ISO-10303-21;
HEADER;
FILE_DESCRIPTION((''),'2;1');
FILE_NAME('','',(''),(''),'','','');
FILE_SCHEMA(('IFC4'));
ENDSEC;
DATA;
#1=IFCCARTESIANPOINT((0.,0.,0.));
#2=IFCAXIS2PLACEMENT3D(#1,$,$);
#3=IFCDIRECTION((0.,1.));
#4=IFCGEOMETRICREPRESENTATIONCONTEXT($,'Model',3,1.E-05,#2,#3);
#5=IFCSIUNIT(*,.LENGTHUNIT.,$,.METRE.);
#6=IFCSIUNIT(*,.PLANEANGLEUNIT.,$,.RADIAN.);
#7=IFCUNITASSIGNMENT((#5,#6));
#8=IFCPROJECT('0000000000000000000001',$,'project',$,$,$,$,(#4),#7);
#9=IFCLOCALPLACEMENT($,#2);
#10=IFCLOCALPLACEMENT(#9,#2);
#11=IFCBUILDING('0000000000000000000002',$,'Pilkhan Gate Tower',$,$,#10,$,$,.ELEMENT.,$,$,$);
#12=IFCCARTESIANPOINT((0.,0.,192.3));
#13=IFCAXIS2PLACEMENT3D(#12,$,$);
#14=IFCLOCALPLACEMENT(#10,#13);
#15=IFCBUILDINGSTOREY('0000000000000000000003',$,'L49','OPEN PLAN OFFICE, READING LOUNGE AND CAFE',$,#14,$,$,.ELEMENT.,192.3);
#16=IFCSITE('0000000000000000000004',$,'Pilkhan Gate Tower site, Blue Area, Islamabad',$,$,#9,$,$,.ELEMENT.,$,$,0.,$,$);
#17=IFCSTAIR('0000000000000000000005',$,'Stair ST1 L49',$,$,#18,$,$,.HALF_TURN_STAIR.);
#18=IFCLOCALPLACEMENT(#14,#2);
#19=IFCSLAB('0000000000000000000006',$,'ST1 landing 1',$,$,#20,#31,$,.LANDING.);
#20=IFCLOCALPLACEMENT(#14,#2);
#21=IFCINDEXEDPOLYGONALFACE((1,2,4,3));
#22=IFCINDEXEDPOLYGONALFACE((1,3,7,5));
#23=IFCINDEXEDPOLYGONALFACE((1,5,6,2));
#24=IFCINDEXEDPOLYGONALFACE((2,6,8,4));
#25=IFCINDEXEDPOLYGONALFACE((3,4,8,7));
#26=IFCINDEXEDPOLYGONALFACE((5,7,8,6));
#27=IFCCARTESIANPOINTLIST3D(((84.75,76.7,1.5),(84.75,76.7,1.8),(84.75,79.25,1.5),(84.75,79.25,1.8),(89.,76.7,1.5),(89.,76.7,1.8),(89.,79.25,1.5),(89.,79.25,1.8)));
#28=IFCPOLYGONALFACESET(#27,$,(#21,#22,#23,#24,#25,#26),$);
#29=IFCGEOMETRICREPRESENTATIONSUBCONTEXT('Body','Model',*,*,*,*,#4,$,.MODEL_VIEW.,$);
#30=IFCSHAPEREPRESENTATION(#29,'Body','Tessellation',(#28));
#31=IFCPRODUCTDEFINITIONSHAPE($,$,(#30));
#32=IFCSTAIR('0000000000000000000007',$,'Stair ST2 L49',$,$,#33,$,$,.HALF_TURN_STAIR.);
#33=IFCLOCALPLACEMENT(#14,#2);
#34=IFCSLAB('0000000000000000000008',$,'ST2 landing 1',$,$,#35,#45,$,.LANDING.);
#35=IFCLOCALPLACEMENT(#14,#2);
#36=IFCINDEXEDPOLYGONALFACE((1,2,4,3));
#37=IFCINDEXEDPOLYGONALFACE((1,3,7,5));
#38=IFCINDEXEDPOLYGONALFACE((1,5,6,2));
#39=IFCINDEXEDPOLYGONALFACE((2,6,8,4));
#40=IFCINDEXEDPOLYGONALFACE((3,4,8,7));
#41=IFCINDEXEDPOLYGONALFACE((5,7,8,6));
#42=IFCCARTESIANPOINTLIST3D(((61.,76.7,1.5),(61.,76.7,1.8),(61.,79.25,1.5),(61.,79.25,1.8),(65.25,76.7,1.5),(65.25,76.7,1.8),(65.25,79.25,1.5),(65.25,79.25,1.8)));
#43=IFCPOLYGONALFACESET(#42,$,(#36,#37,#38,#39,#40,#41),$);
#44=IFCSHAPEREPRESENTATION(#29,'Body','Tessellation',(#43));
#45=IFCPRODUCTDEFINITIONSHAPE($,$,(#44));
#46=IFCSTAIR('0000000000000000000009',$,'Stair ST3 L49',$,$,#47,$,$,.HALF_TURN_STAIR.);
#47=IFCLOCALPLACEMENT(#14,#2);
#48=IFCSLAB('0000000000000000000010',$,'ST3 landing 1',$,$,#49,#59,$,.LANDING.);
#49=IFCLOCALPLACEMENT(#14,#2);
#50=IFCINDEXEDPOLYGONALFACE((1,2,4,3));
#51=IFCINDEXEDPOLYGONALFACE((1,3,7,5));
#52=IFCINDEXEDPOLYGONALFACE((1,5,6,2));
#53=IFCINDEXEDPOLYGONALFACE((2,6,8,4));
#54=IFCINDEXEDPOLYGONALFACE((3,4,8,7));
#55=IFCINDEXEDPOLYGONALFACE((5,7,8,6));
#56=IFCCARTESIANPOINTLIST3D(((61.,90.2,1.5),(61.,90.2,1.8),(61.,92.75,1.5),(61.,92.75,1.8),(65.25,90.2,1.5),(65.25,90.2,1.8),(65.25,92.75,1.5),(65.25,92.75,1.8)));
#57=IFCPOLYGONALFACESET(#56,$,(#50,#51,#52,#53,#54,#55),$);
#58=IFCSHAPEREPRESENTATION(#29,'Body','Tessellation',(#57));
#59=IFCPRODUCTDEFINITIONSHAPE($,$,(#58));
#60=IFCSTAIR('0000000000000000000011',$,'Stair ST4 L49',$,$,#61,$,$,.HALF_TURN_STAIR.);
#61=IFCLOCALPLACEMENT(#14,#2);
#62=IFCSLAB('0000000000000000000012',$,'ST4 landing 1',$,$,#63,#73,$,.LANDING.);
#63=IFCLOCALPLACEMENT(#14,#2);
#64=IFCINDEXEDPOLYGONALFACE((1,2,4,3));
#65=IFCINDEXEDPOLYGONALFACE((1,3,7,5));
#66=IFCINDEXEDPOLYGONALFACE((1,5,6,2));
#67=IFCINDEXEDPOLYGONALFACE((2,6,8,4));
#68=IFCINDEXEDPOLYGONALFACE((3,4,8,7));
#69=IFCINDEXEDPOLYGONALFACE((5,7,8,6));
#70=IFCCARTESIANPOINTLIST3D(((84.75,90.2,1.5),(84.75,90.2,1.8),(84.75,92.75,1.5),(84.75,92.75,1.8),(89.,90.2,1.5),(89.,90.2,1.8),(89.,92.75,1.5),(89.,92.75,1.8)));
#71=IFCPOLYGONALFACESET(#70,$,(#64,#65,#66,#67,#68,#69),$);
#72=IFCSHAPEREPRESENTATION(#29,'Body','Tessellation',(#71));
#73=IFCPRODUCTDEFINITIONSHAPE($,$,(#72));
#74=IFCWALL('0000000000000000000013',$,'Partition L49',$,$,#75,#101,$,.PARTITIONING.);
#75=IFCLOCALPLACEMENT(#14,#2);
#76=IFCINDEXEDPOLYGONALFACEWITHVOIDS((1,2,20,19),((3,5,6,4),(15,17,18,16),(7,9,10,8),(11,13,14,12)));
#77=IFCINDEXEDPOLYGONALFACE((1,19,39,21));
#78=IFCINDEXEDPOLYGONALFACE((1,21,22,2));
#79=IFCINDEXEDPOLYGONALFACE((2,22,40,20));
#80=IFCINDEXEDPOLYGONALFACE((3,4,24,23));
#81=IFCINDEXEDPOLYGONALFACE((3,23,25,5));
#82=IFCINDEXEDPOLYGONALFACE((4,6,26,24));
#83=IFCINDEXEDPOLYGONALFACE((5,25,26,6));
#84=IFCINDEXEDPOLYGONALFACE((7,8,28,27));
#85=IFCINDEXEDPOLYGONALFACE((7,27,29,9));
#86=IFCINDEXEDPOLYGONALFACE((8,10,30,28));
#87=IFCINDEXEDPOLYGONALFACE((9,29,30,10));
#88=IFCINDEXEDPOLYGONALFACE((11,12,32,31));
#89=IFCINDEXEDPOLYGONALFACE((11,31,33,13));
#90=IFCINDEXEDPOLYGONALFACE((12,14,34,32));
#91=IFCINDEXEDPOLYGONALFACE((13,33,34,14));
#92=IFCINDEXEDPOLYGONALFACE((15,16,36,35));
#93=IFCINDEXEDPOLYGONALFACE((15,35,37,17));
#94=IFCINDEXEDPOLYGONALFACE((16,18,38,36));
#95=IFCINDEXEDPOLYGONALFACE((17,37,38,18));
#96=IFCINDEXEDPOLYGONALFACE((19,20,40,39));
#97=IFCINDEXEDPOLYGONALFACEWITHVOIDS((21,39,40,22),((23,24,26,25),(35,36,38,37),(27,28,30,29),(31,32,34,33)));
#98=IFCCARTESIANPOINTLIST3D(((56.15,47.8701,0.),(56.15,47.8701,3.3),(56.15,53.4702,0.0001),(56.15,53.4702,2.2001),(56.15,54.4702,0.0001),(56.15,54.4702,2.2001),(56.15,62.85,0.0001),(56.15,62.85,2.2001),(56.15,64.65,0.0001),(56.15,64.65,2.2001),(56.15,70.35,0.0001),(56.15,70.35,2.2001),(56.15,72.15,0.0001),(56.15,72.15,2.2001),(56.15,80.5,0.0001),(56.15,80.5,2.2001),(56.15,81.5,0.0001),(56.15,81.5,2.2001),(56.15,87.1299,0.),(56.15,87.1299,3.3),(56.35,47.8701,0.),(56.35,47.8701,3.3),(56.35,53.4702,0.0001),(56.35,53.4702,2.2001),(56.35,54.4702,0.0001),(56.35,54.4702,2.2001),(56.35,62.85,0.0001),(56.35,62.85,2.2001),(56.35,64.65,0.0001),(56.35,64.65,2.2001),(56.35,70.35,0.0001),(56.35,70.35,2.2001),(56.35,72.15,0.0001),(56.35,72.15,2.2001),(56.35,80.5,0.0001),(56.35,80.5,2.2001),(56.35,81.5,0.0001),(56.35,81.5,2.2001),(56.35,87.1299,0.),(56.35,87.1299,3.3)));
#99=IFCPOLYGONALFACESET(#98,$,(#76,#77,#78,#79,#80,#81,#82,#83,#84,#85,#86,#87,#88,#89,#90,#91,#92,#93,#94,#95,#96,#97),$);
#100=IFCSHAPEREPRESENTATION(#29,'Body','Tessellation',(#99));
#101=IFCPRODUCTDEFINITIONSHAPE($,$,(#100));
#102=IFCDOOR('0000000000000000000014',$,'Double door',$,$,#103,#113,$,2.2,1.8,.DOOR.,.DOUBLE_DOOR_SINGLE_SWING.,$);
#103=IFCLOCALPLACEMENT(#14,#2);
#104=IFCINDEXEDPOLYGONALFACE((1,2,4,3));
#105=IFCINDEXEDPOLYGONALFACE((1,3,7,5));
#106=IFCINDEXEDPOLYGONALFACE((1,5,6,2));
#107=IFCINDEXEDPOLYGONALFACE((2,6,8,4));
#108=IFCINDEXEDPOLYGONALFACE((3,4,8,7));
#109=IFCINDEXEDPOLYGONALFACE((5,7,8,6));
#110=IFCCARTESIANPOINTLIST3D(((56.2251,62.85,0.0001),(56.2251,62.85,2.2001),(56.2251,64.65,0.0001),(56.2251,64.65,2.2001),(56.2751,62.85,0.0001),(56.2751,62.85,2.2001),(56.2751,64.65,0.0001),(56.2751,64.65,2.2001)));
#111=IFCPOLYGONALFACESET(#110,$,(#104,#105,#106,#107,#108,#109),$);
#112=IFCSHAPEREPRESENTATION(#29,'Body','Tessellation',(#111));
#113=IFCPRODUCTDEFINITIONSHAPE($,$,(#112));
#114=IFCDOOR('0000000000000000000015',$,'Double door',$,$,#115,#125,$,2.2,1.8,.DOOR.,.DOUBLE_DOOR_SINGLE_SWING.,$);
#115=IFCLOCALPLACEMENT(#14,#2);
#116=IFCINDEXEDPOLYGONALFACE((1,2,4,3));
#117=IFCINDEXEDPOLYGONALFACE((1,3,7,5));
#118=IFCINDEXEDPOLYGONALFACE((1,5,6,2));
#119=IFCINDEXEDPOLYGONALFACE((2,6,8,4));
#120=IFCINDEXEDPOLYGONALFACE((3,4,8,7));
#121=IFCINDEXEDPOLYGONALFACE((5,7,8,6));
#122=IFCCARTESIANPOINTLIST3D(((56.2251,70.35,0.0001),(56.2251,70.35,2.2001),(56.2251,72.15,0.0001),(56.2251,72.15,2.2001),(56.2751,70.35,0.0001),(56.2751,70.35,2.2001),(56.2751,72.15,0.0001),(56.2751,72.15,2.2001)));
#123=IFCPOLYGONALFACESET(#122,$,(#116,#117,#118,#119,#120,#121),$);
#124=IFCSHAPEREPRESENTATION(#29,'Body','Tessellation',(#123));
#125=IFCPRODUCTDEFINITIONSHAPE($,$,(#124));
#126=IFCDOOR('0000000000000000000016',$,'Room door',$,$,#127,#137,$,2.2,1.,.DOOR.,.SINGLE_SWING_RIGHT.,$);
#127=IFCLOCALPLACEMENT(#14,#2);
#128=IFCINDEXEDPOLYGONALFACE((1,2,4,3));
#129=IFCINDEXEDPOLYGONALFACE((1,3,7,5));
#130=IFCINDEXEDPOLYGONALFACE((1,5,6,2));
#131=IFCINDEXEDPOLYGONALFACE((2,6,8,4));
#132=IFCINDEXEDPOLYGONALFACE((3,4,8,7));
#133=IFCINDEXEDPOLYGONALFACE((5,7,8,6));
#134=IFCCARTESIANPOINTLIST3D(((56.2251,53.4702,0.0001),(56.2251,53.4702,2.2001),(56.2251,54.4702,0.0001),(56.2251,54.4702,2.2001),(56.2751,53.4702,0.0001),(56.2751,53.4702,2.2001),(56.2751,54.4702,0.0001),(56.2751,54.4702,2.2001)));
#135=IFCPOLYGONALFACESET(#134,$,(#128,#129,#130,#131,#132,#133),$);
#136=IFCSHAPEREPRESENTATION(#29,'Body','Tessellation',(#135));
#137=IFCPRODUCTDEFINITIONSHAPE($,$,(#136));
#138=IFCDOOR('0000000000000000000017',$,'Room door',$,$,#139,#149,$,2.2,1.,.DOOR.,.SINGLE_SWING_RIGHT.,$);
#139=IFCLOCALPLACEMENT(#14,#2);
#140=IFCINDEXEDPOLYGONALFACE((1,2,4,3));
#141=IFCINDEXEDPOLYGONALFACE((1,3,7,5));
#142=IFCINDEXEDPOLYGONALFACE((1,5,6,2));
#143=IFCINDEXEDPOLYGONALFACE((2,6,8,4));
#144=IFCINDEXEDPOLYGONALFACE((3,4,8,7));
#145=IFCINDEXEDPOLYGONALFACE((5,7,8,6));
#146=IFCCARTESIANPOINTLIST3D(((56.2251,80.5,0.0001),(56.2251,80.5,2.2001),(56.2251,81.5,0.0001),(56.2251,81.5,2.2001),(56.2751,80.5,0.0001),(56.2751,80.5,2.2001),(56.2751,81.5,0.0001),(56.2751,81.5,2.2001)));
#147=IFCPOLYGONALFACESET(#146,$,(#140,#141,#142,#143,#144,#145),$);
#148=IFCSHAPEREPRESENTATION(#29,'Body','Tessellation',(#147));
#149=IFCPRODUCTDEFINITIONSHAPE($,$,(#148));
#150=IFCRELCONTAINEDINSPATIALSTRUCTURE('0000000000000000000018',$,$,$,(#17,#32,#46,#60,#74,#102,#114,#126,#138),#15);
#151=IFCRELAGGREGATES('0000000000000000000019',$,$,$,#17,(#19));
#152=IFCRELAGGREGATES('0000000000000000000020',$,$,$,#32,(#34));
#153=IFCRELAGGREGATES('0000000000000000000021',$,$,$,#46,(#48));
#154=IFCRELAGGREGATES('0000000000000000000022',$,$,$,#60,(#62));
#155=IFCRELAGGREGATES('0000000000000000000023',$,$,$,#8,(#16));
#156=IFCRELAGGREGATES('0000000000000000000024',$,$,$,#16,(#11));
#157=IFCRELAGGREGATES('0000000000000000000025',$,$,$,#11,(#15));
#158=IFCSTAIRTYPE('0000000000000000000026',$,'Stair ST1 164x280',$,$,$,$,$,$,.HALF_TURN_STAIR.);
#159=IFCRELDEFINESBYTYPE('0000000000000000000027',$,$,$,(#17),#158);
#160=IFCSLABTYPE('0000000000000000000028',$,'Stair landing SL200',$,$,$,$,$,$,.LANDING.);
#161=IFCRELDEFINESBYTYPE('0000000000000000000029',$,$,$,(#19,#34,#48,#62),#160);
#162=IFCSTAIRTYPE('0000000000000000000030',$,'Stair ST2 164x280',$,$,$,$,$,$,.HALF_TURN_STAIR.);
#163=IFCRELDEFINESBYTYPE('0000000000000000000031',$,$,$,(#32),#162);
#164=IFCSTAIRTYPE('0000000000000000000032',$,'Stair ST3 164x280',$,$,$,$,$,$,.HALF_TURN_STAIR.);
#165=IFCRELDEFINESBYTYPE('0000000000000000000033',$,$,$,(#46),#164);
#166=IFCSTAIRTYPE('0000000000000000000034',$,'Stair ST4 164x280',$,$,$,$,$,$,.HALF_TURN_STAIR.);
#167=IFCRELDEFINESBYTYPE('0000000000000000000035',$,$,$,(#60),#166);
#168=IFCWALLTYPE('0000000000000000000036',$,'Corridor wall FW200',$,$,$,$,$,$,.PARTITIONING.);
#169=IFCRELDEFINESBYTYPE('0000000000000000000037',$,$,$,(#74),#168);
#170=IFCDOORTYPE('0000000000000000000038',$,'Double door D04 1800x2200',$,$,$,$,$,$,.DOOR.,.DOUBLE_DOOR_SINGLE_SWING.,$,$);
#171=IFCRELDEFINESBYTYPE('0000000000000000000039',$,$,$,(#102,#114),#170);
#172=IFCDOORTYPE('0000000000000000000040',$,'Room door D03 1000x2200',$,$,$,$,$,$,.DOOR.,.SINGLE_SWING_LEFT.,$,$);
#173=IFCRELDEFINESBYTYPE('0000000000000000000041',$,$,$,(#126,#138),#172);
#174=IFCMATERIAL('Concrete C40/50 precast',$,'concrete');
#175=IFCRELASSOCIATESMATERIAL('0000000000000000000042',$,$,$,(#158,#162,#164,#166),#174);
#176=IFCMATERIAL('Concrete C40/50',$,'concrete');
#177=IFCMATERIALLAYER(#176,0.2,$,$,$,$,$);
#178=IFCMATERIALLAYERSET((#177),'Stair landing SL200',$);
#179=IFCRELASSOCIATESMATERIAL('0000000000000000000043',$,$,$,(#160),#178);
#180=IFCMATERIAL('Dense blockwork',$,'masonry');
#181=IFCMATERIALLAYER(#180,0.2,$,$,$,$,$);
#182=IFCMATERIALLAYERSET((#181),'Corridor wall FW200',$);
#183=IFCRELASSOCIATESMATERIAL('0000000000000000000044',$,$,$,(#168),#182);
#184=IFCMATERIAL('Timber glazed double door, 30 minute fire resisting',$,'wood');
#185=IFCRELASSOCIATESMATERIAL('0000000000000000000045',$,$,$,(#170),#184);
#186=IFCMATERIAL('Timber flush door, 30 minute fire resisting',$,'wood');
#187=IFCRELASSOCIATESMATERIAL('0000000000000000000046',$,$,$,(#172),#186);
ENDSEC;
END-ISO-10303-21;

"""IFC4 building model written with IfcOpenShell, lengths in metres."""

from ifc_helpers import new_model, si_unit, direction, frame, frame_2d, origin, place, context, subcontext, project, spatial, polyline, rectangle, outline, extrude, material, layer, layer_set, type_object, element, fill, aggregate, save


model = new_model("IFC4")

# Units and contexts
model_context = context("Model", 3, precision=1e-05, world=origin(), true_north=direction((0.0, 1.0)))
body_context = subcontext(model_context, "Body", "Model", "MODEL_VIEW")
ifc_project = project(units=[si_unit("LENGTHUNIT", "METRE"), si_unit("PLANEANGLEUNIT", "RADIAN")], contexts=[model_context])

# Site, building, storey
site_placement = place(None, origin())
site = spatial("IfcSite", under=ifc_project, at=site_placement, Name="Pilkhan Gate Tower site, Blue Area, Islamabad", CompositionType="ELEMENT", RefElevation=0.0)
building_placement = place(site_placement, origin())
building = spatial("IfcBuilding", under=site, at=building_placement, Name="Pilkhan Gate Tower", CompositionType="ELEMENT")
storey_placement = place(building_placement, frame((0.0, 0.0, 192.3)))
storey = spatial("IfcBuildingStorey", under=building, at=storey_placement, Name="L49", Description="OPEN PLAN OFFICE, READING LOUNGE AND CAFE", CompositionType="ELEMENT", Elevation=192.3)

# Shared definitions
ifc_material_1 = material(Name="Concrete C40/50", Category="concrete")

# Stairs, slabs
ifc_material_2 = material(Name="Concrete C40/50 precast", Category="concrete")
stair_type_1 = type_object("IfcStairType", Name="Stair ST1 164x280", PredefinedType="HALF_TURN_STAIR", material=ifc_material_2)
stair_1_placement = place(storey_placement, origin())
stair_1 = element("IfcStair", 1, at=stair_1_placement, inside=storey, type_object=stair_type_1, Name="Stair ST1 L49", PredefinedType="HALF_TURN_STAIR")
ifc_layer_1 = layer(ifc_material_1, 0.2)
ifc_layer_set_1 = layer_set([ifc_layer_1], Name="Stair landing SL200")
slab_type_1 = type_object("IfcSlabType", Name="Stair landing SL200", PredefinedType="LANDING", material=ifc_layer_set_1)
slab_1_placement = place(storey_placement, frame((0.0, 0.0, 1.5)))
slab_1 = element("IfcSlab", 2, at=slab_1_placement, type_object=slab_type_1, Name="ST1 landing 1", PredefinedType="LANDING", context=body_context, shape_type="SweptSolid", body=[
    extrude(outline(polyline([(89.0, 76.7), (89.0, 79.25), (84.75, 79.25), (84.75, 76.7), (89.0, 76.7)])), origin(), (0.0, 0.0, 1.0), 0.3),
])
aggregate(stair_1, [slab_1])
stair_type_2 = type_object("IfcStairType", Name="Stair ST2 164x280", PredefinedType="HALF_TURN_STAIR", material=ifc_material_2)
stair_2_placement = place(storey_placement, origin())
stair_2 = element("IfcStair", 3, at=stair_2_placement, inside=storey, type_object=stair_type_2, Name="Stair ST2 L49", PredefinedType="HALF_TURN_STAIR")
slab_2_placement = place(storey_placement, frame((0.0, 0.0, 1.5)))
slab_2 = element("IfcSlab", 4, at=slab_2_placement, type_object=slab_type_1, Name="ST2 landing 1", PredefinedType="LANDING", context=body_context, shape_type="SweptSolid", body=[
    extrude(outline(polyline([(65.25, 76.7), (65.25, 79.25), (61.0, 79.25), (61.0, 76.7), (65.25, 76.7)])), origin(), (0.0, 0.0, 1.0), 0.3),
])
aggregate(stair_2, [slab_2])
stair_type_3 = type_object("IfcStairType", Name="Stair ST3 164x280", PredefinedType="HALF_TURN_STAIR", material=ifc_material_2)
stair_3_placement = place(storey_placement, origin())
stair_3 = element("IfcStair", 5, at=stair_3_placement, inside=storey, type_object=stair_type_3, Name="Stair ST3 L49", PredefinedType="HALF_TURN_STAIR")
slab_3_placement = place(storey_placement, frame((0.0, 0.0, 1.5)))
slab_3 = element("IfcSlab", 6, at=slab_3_placement, type_object=slab_type_1, Name="ST3 landing 1", PredefinedType="LANDING", context=body_context, shape_type="SweptSolid", body=[
    extrude(outline(polyline([(65.25, 90.2), (65.25, 92.75), (61.0, 92.75), (61.0, 90.2), (65.25, 90.2)])), origin(), (0.0, 0.0, 1.0), 0.3),
])
aggregate(stair_3, [slab_3])
stair_type_4 = type_object("IfcStairType", Name="Stair ST4 164x280", PredefinedType="HALF_TURN_STAIR", material=ifc_material_2)
stair_4_placement = place(storey_placement, origin())
stair_4 = element("IfcStair", 7, at=stair_4_placement, inside=storey, type_object=stair_type_4, Name="Stair ST4 L49", PredefinedType="HALF_TURN_STAIR")
slab_4_placement = place(storey_placement, frame((0.0, 0.0, 1.5)))
slab_4 = element("IfcSlab", 8, at=slab_4_placement, type_object=slab_type_1, Name="ST4 landing 1", PredefinedType="LANDING", context=body_context, shape_type="SweptSolid", body=[
    extrude(outline(polyline([(89.0, 90.2), (89.0, 92.75), (84.75, 92.75), (84.75, 90.2), (89.0, 90.2)])), origin(), (0.0, 0.0, 1.0), 0.3),
])
aggregate(stair_4, [slab_4])

# Wall, openings, doors
ifc_material_3 = material(Name="Dense blockwork", Category="masonry")
ifc_layer_2 = layer(ifc_material_3, 0.2)
ifc_layer_set_2 = layer_set([ifc_layer_2], Name="Corridor wall FW200")
wall_type = type_object("IfcWallType", Name="Corridor wall FW200", PredefinedType="PARTITIONING", material=ifc_layer_set_2)
wall_placement = place(storey_placement, frame((56.25, 47.8701, 0.0), z_axis=(0.0, 0.0, 1.0), x_axis=(0.0, 1.0, 0.0)))
wall = element("IfcWall", 9, at=wall_placement, inside=storey, type_object=wall_type, Name="Partition L49", PredefinedType="PARTITIONING", context=body_context, shape_type="SweptSolid", body=[
    extrude(rectangle(XDim=39.2598, YDim=0.2, at=frame_2d((19.6299, 0.0))), origin(), (0.0, 0.0, 1.0), 3.3),
])
opening_1_placement = place(wall_placement, frame((5.6001, 0.0, 0.0)))
opening_1 = element("IfcOpeningElement", 10, at=opening_1_placement, cuts=wall, PredefinedType="OPENING", context=body_context, shape_type="SweptSolid", body=[
    extrude(rectangle(XDim=1.0, YDim=2.2, at=frame_2d((0.5, 1.1001))), frame((0.0, 0.1099, 0.0), z_axis=(0.0, -1.0, 0.0), x_axis=(1.0, 0.0, 0.0)), (0.0, 0.0, 1.0), 0.22),
])
opening_2_placement = place(wall_placement, frame((14.98, 0.0, 0.0)))
opening_2 = element("IfcOpeningElement", 11, at=opening_2_placement, cuts=wall, PredefinedType="OPENING", context=body_context, shape_type="SweptSolid", body=[
    extrude(rectangle(XDim=1.8, YDim=2.2, at=frame_2d((0.8999, 1.1001))), frame((0.0, 0.1099, 0.0), z_axis=(0.0, -1.0, 0.0), x_axis=(1.0, 0.0, 0.0)), (0.0, 0.0, 1.0), 0.22),
])
opening_3_placement = place(wall_placement, frame((22.48, 0.0, 0.0)))
opening_3 = element("IfcOpeningElement", 12, at=opening_3_placement, cuts=wall, PredefinedType="OPENING", context=body_context, shape_type="SweptSolid", body=[
    extrude(rectangle(XDim=1.8, YDim=2.2, at=frame_2d((0.8999, 1.1001))), frame((0.0, 0.1099, 0.0), z_axis=(0.0, -1.0, 0.0), x_axis=(1.0, 0.0, 0.0)), (0.0, 0.0, 1.0), 0.22),
])
opening_4_placement = place(wall_placement, frame((32.6299, 0.0, 0.0)))
opening_4 = element("IfcOpeningElement", 13, at=opening_4_placement, cuts=wall, PredefinedType="OPENING", context=body_context, shape_type="SweptSolid", body=[
    extrude(rectangle(XDim=1.0, YDim=2.2, at=frame_2d((0.5, 1.1001))), frame((0.0, 0.1099, 0.0), z_axis=(0.0, -1.0, 0.0), x_axis=(1.0, 0.0, 0.0)), (0.0, 0.0, 1.0), 0.22),
])
ifc_material_4 = material(Name="Timber glazed double door, 30 minute fire resisting", Category="wood")
door_type_1 = type_object("IfcDoorType", Name="Double door D04 1800x2200", OperationType="DOUBLE_DOOR_SINGLE_SWING", PredefinedType="DOOR", material=ifc_material_4)
door_1_placement = place(opening_2_placement, origin())
door_1 = element("IfcDoor", 14, at=door_1_placement, inside=storey, type_object=door_type_1, Name="Double door", OperationType="DOUBLE_DOOR_SINGLE_SWING", OverallHeight=2.2, OverallWidth=1.8, PredefinedType="DOOR", context=body_context, shape_type="SweptSolid", body=[
    extrude(rectangle(XDim=1.8, YDim=2.2, at=frame_2d((0.8999, 1.1001))), frame((0.0, 0.0249, 0.0), z_axis=(0.0, -1.0, 0.0), x_axis=(1.0, 0.0, 0.0)), (0.0, 0.0, 1.0), 0.05),
])
fill(opening_2, door_1)
door_2_placement = place(opening_3_placement, origin())
door_2 = element("IfcDoor", 15, at=door_2_placement, inside=storey, type_object=door_type_1, Name="Double door", OperationType="DOUBLE_DOOR_SINGLE_SWING", OverallHeight=2.2, OverallWidth=1.8, PredefinedType="DOOR", context=body_context, shape_type="SweptSolid", body=[
    extrude(rectangle(XDim=1.8, YDim=2.2, at=frame_2d((0.8999, 1.1001))), frame((0.0, 0.0249, 0.0), z_axis=(0.0, -1.0, 0.0), x_axis=(1.0, 0.0, 0.0)), (0.0, 0.0, 1.0), 0.05),
])
fill(opening_3, door_2)
ifc_material_5 = material(Name="Timber flush door, 30 minute fire resisting", Category="wood")
door_type_2 = type_object("IfcDoorType", Name="Room door D03 1000x2200", OperationType="SINGLE_SWING_LEFT", PredefinedType="DOOR", material=ifc_material_5)
door_3_placement = place(opening_1_placement, origin())
door_3 = element("IfcDoor", 16, at=door_3_placement, inside=storey, type_object=door_type_2, Name="Room door", OperationType="SINGLE_SWING_RIGHT", OverallHeight=2.2, OverallWidth=1.0, PredefinedType="DOOR", context=body_context, shape_type="SweptSolid", body=[
    extrude(rectangle(XDim=1.0, YDim=2.2, at=frame_2d((0.5, 1.1001))), frame((0.0, 0.0249, 0.0), z_axis=(0.0, -1.0, 0.0), x_axis=(1.0, 0.0, 0.0)), (0.0, 0.0, 1.0), 0.05),
])
fill(opening_1, door_3)
door_4_placement = place(opening_4_placement, origin())
door_4 = element("IfcDoor", 17, at=door_4_placement, inside=storey, type_object=door_type_2, Name="Room door", OperationType="SINGLE_SWING_RIGHT", OverallHeight=2.2, OverallWidth=1.0, PredefinedType="DOOR", context=body_context, shape_type="SweptSolid", body=[
    extrude(rectangle(XDim=1.0, YDim=2.2, at=frame_2d((0.5, 1.1001))), frame((0.0, 0.0249, 0.0), z_axis=(0.0, -1.0, 0.0), x_axis=(1.0, 0.0, 0.0)), (0.0, 0.0, 1.0), 0.05),
])
fill(opening_4, door_4)

save(model, "model.ifc")
